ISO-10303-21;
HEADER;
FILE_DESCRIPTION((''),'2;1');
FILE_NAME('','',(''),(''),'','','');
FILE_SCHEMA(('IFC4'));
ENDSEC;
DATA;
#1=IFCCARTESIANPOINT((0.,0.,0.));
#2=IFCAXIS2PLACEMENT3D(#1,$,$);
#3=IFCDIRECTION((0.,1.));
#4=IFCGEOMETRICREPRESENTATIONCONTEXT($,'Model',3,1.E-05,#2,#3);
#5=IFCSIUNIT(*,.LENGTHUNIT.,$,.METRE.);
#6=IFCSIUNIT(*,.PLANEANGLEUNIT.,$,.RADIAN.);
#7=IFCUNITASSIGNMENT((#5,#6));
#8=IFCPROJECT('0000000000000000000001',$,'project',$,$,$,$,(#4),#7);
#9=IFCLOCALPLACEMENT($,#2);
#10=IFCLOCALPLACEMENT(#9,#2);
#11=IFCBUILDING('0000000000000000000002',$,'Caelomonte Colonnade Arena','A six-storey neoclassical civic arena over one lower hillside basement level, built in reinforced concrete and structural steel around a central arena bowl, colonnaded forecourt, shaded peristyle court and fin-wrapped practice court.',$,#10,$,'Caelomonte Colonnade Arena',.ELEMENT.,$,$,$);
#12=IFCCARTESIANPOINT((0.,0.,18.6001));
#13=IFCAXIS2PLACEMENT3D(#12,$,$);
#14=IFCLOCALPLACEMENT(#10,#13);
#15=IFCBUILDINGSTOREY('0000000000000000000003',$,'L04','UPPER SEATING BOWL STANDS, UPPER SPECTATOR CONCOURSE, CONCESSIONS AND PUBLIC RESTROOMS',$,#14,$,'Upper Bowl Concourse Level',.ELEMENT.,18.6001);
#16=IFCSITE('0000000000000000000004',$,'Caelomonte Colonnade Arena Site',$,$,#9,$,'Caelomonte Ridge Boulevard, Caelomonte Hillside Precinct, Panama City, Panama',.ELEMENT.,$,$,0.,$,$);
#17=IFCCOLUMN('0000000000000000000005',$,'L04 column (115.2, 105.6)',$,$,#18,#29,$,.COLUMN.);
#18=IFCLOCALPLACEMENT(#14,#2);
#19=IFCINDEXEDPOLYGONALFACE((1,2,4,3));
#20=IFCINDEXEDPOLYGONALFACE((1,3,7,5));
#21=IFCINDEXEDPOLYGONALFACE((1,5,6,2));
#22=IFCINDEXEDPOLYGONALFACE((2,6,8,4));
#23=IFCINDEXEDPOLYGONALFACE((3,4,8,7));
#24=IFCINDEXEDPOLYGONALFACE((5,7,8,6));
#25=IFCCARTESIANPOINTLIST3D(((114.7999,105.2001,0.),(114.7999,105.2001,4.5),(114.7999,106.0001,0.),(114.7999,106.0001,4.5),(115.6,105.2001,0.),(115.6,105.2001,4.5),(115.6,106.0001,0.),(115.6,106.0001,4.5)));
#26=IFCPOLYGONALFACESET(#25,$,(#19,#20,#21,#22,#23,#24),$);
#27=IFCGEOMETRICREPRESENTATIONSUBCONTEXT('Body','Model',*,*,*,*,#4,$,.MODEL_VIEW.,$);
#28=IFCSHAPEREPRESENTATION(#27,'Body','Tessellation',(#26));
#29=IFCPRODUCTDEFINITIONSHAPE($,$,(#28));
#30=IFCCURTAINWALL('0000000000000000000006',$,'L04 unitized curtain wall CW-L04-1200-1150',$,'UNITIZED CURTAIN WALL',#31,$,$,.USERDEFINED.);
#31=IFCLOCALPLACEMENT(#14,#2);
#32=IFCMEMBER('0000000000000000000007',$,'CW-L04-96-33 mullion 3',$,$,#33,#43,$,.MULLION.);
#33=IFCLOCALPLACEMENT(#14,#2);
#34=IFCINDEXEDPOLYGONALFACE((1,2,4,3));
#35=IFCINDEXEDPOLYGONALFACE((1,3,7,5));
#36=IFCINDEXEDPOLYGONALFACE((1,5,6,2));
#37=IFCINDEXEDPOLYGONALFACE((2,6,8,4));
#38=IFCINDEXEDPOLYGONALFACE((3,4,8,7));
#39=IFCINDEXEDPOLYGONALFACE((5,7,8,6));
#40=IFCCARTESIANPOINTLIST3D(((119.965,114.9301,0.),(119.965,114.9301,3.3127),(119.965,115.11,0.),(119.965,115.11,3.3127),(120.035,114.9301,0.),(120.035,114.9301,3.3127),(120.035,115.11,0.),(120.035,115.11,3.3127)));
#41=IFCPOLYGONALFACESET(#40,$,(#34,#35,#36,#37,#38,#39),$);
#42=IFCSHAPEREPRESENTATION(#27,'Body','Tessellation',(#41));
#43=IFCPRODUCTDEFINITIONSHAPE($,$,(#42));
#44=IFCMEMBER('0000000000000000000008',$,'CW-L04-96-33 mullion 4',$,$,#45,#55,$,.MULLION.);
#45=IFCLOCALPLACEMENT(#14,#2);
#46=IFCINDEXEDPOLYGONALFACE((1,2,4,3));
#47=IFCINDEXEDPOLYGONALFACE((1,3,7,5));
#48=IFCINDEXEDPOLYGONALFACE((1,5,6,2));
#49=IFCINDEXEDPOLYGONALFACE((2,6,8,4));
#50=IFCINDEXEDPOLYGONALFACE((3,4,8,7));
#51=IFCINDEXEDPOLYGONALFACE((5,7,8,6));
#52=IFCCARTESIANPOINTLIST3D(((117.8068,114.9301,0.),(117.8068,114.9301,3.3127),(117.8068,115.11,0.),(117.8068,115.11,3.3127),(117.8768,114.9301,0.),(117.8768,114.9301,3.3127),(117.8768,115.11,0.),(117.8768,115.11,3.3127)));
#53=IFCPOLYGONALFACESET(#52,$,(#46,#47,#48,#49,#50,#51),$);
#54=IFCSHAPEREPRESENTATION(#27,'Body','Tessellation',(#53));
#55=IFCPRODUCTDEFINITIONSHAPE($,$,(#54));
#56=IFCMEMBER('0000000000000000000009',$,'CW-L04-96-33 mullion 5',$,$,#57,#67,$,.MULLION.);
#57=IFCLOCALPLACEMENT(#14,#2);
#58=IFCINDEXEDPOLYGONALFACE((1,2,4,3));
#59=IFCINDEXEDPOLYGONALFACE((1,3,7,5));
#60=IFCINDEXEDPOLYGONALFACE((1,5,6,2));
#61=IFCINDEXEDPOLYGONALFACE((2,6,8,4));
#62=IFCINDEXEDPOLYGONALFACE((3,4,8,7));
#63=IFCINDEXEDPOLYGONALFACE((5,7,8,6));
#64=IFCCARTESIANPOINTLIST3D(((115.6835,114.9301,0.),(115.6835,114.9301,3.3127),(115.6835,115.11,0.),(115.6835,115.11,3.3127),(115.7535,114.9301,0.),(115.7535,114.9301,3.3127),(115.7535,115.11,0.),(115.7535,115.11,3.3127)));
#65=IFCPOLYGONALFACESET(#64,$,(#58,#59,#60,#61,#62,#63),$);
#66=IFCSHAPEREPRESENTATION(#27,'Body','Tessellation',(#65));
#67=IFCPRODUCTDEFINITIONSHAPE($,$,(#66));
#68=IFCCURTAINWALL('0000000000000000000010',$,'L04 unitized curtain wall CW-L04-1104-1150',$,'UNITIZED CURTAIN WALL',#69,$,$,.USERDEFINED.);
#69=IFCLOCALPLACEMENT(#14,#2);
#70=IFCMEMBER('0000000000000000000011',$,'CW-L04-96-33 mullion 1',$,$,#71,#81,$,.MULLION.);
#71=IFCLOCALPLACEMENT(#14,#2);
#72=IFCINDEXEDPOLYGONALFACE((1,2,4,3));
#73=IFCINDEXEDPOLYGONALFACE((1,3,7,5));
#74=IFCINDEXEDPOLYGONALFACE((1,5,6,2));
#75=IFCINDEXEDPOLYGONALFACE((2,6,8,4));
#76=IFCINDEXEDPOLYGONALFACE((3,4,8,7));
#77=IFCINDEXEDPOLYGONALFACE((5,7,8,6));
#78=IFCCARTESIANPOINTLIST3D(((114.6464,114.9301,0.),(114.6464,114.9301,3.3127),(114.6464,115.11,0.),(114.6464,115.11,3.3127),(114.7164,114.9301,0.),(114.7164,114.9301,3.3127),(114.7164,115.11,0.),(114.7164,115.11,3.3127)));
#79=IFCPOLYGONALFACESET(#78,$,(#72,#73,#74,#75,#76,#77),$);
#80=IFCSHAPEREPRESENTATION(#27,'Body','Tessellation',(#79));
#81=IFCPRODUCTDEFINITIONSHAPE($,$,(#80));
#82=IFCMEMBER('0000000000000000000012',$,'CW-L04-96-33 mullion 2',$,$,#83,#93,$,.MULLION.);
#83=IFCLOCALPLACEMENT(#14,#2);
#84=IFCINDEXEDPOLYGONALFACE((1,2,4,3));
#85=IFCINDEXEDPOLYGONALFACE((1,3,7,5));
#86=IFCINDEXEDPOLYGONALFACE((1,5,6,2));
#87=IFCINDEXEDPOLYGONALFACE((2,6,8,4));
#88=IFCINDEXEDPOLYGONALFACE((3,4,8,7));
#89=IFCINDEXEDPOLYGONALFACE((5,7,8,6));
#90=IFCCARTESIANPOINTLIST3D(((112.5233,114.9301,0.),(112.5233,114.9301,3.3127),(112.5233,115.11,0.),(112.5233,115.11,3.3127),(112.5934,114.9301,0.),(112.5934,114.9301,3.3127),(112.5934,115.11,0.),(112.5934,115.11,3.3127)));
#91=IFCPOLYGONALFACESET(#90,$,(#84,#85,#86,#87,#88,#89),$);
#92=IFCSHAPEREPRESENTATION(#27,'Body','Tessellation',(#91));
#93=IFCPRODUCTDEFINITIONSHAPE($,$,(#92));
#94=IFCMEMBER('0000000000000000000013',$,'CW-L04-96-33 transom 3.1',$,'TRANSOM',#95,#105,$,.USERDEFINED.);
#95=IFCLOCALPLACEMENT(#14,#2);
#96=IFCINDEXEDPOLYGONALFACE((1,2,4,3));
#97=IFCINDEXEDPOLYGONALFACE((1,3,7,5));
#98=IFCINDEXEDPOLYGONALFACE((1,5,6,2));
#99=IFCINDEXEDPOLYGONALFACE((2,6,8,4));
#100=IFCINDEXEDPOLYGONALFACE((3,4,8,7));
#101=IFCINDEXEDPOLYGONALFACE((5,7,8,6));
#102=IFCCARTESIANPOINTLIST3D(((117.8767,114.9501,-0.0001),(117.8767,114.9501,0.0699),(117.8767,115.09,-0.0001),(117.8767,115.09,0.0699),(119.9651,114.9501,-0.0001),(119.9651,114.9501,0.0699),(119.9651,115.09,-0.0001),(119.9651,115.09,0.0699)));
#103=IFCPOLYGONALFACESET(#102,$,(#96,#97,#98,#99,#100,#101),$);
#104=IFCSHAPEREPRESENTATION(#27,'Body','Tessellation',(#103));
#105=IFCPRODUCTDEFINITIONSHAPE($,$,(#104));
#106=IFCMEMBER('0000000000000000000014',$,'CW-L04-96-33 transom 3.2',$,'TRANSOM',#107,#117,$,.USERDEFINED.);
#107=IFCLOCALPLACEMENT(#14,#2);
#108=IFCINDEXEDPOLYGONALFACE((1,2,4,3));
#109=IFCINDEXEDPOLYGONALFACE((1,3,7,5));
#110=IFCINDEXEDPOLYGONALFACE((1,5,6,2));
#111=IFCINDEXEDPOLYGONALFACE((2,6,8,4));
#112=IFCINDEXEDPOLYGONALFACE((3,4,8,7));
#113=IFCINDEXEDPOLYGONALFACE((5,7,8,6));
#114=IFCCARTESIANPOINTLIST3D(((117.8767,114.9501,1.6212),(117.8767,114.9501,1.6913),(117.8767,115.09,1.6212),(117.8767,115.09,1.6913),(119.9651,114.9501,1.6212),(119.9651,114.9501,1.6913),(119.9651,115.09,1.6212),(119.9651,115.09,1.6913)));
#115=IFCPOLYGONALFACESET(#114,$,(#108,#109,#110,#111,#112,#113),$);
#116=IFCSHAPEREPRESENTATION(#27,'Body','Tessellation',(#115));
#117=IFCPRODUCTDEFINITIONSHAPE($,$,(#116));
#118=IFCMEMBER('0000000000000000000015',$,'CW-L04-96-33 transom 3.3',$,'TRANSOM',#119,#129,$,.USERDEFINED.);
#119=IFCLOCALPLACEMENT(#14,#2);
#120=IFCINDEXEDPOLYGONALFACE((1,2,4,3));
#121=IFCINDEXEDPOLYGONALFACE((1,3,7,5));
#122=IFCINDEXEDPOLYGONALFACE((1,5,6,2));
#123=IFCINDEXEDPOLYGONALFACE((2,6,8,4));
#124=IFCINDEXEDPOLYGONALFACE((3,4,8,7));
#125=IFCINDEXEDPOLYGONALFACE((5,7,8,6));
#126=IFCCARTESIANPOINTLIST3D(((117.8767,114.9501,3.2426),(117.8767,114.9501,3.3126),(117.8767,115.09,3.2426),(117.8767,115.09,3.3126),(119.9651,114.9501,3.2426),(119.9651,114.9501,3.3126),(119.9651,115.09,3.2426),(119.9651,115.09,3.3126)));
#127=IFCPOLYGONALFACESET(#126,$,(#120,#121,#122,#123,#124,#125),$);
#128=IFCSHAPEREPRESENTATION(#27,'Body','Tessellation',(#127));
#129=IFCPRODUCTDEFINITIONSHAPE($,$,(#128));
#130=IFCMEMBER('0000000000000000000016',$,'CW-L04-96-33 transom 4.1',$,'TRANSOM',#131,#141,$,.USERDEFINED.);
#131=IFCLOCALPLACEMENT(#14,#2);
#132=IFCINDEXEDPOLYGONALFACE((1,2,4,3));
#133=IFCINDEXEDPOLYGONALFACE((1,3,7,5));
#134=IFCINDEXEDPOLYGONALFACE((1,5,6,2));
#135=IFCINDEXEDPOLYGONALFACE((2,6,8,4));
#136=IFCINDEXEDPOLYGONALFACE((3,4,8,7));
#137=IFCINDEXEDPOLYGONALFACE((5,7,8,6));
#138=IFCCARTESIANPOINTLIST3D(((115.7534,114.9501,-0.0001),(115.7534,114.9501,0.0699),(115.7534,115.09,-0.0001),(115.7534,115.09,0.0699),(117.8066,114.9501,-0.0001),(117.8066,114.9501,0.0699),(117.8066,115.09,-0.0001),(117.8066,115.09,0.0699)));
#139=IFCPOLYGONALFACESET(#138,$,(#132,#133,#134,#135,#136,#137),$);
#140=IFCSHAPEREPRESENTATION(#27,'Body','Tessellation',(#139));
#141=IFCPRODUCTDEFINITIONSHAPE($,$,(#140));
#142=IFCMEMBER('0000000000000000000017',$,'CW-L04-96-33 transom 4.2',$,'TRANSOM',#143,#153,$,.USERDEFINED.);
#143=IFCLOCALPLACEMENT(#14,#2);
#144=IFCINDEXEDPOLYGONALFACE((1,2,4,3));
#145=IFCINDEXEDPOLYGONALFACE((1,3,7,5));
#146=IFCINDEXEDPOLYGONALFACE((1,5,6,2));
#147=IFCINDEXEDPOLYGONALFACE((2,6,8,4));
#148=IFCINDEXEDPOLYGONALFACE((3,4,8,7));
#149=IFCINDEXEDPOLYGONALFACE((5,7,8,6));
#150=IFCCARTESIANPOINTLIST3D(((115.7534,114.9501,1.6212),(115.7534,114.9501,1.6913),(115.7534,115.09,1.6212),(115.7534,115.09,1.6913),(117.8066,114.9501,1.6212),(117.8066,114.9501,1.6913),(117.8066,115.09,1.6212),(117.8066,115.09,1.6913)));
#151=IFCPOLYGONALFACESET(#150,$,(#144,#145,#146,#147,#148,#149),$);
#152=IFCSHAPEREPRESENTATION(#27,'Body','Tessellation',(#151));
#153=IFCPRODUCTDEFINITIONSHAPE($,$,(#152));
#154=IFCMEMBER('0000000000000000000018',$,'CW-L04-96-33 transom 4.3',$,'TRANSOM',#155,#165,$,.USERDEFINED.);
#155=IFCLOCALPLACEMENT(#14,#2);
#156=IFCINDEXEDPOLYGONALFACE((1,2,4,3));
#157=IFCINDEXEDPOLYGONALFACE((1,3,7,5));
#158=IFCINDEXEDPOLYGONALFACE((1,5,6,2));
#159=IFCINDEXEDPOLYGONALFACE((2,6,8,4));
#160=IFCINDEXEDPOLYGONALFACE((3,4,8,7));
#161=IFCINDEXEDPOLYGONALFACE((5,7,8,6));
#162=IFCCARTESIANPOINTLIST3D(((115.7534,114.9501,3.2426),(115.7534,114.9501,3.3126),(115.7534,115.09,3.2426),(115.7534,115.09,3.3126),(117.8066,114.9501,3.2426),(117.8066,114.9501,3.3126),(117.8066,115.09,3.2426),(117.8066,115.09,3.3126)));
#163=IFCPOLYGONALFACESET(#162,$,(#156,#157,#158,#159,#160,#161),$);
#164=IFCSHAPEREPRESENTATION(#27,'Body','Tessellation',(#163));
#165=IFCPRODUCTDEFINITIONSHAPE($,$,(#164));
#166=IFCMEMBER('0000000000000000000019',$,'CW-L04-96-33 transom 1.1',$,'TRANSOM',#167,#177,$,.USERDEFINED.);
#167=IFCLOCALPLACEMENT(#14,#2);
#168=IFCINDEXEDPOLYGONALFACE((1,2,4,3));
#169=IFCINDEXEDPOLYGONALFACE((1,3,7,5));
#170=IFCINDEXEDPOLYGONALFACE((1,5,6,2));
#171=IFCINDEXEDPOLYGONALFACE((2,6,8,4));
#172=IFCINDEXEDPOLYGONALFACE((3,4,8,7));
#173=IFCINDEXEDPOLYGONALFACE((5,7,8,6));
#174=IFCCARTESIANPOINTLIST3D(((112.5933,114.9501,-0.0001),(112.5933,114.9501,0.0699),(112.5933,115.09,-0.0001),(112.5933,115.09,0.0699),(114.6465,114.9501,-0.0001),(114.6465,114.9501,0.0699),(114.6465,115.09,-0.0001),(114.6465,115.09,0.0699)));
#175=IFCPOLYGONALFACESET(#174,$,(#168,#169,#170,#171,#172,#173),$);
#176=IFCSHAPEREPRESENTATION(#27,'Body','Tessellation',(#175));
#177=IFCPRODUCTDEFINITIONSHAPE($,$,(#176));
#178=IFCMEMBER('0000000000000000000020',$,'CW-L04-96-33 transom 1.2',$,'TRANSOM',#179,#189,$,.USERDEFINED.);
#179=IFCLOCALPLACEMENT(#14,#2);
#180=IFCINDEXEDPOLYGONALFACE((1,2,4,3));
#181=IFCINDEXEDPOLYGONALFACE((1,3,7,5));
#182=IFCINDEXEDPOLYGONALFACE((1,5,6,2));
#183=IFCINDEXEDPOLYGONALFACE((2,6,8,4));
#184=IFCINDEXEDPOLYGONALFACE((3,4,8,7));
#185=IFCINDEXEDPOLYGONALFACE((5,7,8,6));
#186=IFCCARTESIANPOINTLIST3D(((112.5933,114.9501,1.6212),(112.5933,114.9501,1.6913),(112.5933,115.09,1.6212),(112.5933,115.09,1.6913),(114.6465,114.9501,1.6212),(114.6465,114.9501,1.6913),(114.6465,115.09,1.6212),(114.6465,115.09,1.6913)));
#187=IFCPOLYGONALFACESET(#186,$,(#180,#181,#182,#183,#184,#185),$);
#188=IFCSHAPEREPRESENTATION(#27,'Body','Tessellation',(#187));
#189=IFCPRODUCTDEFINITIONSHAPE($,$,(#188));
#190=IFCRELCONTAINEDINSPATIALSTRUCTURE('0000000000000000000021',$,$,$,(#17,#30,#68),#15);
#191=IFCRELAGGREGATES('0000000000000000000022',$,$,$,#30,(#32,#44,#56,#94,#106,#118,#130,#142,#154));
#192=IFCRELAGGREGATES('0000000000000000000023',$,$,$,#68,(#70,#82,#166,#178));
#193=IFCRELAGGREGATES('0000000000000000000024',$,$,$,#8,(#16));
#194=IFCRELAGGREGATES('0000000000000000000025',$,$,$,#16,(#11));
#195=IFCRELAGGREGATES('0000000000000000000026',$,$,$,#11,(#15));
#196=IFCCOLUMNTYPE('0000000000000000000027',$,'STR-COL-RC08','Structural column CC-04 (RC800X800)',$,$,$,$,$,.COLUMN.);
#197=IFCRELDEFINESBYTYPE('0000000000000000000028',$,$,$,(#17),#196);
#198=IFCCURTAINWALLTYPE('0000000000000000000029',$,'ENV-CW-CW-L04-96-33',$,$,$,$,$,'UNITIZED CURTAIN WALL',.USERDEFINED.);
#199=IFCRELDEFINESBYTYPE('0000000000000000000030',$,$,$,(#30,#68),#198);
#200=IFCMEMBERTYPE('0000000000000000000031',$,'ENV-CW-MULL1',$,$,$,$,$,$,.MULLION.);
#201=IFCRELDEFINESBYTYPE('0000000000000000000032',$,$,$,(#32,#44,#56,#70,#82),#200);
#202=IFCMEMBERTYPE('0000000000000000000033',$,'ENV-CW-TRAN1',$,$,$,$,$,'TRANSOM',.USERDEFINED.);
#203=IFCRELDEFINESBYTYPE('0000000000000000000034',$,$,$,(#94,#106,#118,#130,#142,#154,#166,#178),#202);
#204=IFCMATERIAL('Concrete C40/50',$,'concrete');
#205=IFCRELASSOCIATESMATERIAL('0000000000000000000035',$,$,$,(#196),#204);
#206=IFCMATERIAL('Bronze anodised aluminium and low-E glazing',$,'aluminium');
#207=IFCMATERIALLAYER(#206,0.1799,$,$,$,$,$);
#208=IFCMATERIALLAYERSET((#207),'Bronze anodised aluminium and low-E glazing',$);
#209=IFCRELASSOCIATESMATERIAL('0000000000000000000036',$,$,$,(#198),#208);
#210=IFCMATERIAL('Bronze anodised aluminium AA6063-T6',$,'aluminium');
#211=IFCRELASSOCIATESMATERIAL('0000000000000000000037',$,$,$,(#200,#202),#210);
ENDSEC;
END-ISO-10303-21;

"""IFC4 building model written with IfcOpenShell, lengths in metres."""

from ifc_helpers import new_model, si_unit, direction, frame, origin, origin_2d, place, context, subcontext, project, spatial, rectangle, extrude, material, layer, layer_set, material_profile, profile_set, type_object, element, aggregate, save


model = new_model("IFC4")

# Units and contexts
model_context = context("Model", 3, precision=1e-05, world=origin(), true_north=direction((0.0, 1.0)))
body_context = subcontext(model_context, "Body", "Model", "MODEL_VIEW")
ifc_project = project(units=[si_unit("LENGTHUNIT", "METRE"), si_unit("PLANEANGLEUNIT", "RADIAN")], contexts=[model_context])

# Site, building, storey
site_placement = place(None, origin())
site = spatial("IfcSite", under=ifc_project, at=site_placement, Name="Caelomonte Colonnade Arena Site", LongName="Caelomonte Ridge Boulevard, Caelomonte Hillside Precinct, Panama City, Panama", CompositionType="ELEMENT", RefElevation=0.0)
building_placement = place(site_placement, origin())
building = spatial("IfcBuilding", under=site, at=building_placement, Name="Caelomonte Colonnade Arena", Description="A six-storey neoclassical civic arena over one lower hillside basement level, built in reinforced concrete and structural steel around a central arena bowl, colonnaded forecourt, shaded peristyle court and fin-wrapped practice court.", LongName="Caelomonte Colonnade Arena", CompositionType="ELEMENT")
storey_placement = place(building_placement, frame((0.0, 0.0, 18.6001)))
storey = spatial("IfcBuildingStorey", under=building, at=storey_placement, Name="L04", Description="UPPER SEATING BOWL STANDS, UPPER SPECTATOR CONCOURSE, CONCESSIONS AND PUBLIC RESTROOMS", LongName="Upper Bowl Concourse Level", CompositionType="ELEMENT", Elevation=18.6001)

# Column
ifc_material_1 = material(Name="Concrete C40/50", Category="concrete")
ifc_material_profile_1 = material_profile(ifc_material_1, rectangle(XDim=0.8, YDim=0.8, at=origin_2d()), Name="RC800X800")
ifc_profile_set_1 = profile_set([ifc_material_profile_1], Name="Concrete C40/50")
column_type = type_object("IfcColumnType", Name="STR-COL-RC08", Description="Structural column CC-04 (RC800X800)", PredefinedType="COLUMN", material=ifc_profile_set_1)
column_placement = place(storey_placement, frame((115.2, 105.6001, 0.0), z_axis=(0.0, 0.0, 1.0), x_axis=(1.0, 0.0, 0.0)))
element("IfcColumn", 1, at=column_placement, inside=storey, type_object=column_type, Name="L04 column (115.2, 105.6)", PredefinedType="COLUMN", context=body_context, shape_type="SweptSolid", body=[
    extrude(rectangle(XDim=0.8, YDim=0.8, at=origin_2d()), origin(), (0.0, 0.0, 1.0), 4.5),
])

# Curtain walls, members
ifc_material_2 = material(Name="Bronze anodised aluminium and low-E glazing", Category="aluminium")
ifc_layer_1 = layer(ifc_material_2, 0.1799)
ifc_layer_set_1 = layer_set([ifc_layer_1], Name="Bronze anodised aluminium and low-E glazing")
curtain_wall_type = type_object("IfcCurtainWallType", Name="ENV-CW-CW-L04-96-33", ElementType="UNITIZED CURTAIN WALL", PredefinedType="USERDEFINED", material=ifc_layer_set_1)
curtain_wall_1_placement = place(storey_placement, origin())
curtain_wall_1 = element("IfcCurtainWall", 2, at=curtain_wall_1_placement, inside=storey, type_object=curtain_wall_type, Name="L04 unitized curtain wall CW-L04-1200-1150", ObjectType="UNITIZED CURTAIN WALL", PredefinedType="USERDEFINED")
ifc_material_3 = material(Name="Bronze anodised aluminium AA6063-T6", Category="aluminium")
ifc_material_profile_2 = material_profile(ifc_material_3, rectangle(XDim=0.0701, YDim=0.1799, at=origin_2d()), Name="CWM-70X180")
ifc_profile_set_2 = profile_set([ifc_material_profile_2], Name="Bronze anodised aluminium AA6063-T6")
member_type_1 = type_object("IfcMemberType", Name="ENV-CW-MULL1", PredefinedType="MULLION", material=ifc_profile_set_2)
member_1_placement = place(storey_placement, frame((120.0, 115.02, 0.0), z_axis=(0.0, 0.0, 1.0), x_axis=(-1.0, 0.0, 0.0)))
member_1 = element("IfcMember", 3, at=member_1_placement, type_object=member_type_1, Name="CW-L04-96-33 mullion 3", PredefinedType="MULLION", context=body_context, shape_type="SweptSolid", body=[
    extrude(rectangle(XDim=0.0701, YDim=0.1799, at=origin_2d()), origin(), (0.0, 0.0, 1.0), 3.3127),
])
member_2_placement = place(storey_placement, frame((117.8418, 115.02, 0.0), z_axis=(0.0, 0.0, 1.0), x_axis=(-1.0, 0.0, 0.0)))
member_2 = element("IfcMember", 4, at=member_2_placement, type_object=member_type_1, Name="CW-L04-96-33 mullion 4", PredefinedType="MULLION", context=body_context, shape_type="SweptSolid", body=[
    extrude(rectangle(XDim=0.0701, YDim=0.1799, at=origin_2d()), origin(), (0.0, 0.0, 1.0), 3.3127),
])
member_3_placement = place(storey_placement, frame((115.7185, 115.02, 0.0), z_axis=(0.0, 0.0, 1.0), x_axis=(-1.0, 0.0, 0.0)))
member_3 = element("IfcMember", 5, at=member_3_placement, type_object=member_type_1, Name="CW-L04-96-33 mullion 5", PredefinedType="MULLION", context=body_context, shape_type="SweptSolid", body=[
    extrude(rectangle(XDim=0.0701, YDim=0.1799, at=origin_2d()), origin(), (0.0, 0.0, 1.0), 3.3127),
])
curtain_wall_2_placement = place(storey_placement, origin())
curtain_wall_2 = element("IfcCurtainWall", 6, at=curtain_wall_2_placement, inside=storey, type_object=curtain_wall_type, Name="L04 unitized curtain wall CW-L04-1104-1150", ObjectType="UNITIZED CURTAIN WALL", PredefinedType="USERDEFINED")
member_4_placement = place(storey_placement, frame((114.6814, 115.02, 0.0), z_axis=(0.0, 0.0, 1.0), x_axis=(-1.0, 0.0, 0.0)))
member_4 = element("IfcMember", 7, at=member_4_placement, type_object=member_type_1, Name="CW-L04-96-33 mullion 1", PredefinedType="MULLION", context=body_context, shape_type="SweptSolid", body=[
    extrude(rectangle(XDim=0.0701, YDim=0.1799, at=origin_2d()), origin(), (0.0, 0.0, 1.0), 3.3127),
])
member_5_placement = place(storey_placement, frame((112.5583, 115.02, 0.0), z_axis=(0.0, 0.0, 1.0), x_axis=(-1.0, 0.0, 0.0)))
member_5 = element("IfcMember", 8, at=member_5_placement, type_object=member_type_1, Name="CW-L04-96-33 mullion 2", PredefinedType="MULLION", context=body_context, shape_type="SweptSolid", body=[
    extrude(rectangle(XDim=0.0701, YDim=0.1799, at=origin_2d()), origin(), (0.0, 0.0, 1.0), 3.3127),
])

# Members
ifc_material_profile_3 = material_profile(ifc_material_3, rectangle(XDim=0.0701, YDim=0.1399, at=origin_2d()), Name="CWT-70X140")
ifc_profile_set_3 = profile_set([ifc_material_profile_3], Name="Bronze anodised aluminium AA6063-T6")
member_type_2 = type_object("IfcMemberType", Name="ENV-CW-TRAN1", ElementType="TRANSOM", PredefinedType="USERDEFINED", material=ifc_profile_set_3)
member_6_placement = place(storey_placement, frame((119.9651, 115.02, 0.0349), z_axis=(-1.0, 0.0, 0.0), x_axis=(0.0, 0.0, 1.0)))
member_6 = element("IfcMember", 9, at=member_6_placement, type_object=member_type_2, Name="CW-L04-96-33 transom 3.1", ObjectType="TRANSOM", PredefinedType="USERDEFINED", context=body_context, shape_type="SweptSolid", body=[
    extrude(rectangle(XDim=0.0701, YDim=0.1399, at=origin_2d()), origin(), (0.0, 0.0, 1.0), 2.0884),
])
member_7_placement = place(storey_placement, frame((119.9651, 115.02, 1.6562), z_axis=(-1.0, 0.0, 0.0), x_axis=(0.0, 0.0, 1.0)))
member_7 = element("IfcMember", 10, at=member_7_placement, type_object=member_type_2, Name="CW-L04-96-33 transom 3.2", ObjectType="TRANSOM", PredefinedType="USERDEFINED", context=body_context, shape_type="SweptSolid", body=[
    extrude(rectangle(XDim=0.0701, YDim=0.1399, at=origin_2d()), origin(), (0.0, 0.0, 1.0), 2.0884),
])
member_8_placement = place(storey_placement, frame((119.9651, 115.02, 3.2776), z_axis=(-1.0, 0.0, 0.0), x_axis=(0.0, 0.0, 1.0)))
member_8 = element("IfcMember", 11, at=member_8_placement, type_object=member_type_2, Name="CW-L04-96-33 transom 3.3", ObjectType="TRANSOM", PredefinedType="USERDEFINED", context=body_context, shape_type="SweptSolid", body=[
    extrude(rectangle(XDim=0.0701, YDim=0.1399, at=origin_2d()), origin(), (0.0, 0.0, 1.0), 2.0884),
])
member_9_placement = place(storey_placement, frame((117.8066, 115.02, 0.0349), z_axis=(-1.0, 0.0, 0.0), x_axis=(0.0, 0.0, 1.0)))
member_9 = element("IfcMember", 12, at=member_9_placement, type_object=member_type_2, Name="CW-L04-96-33 transom 4.1", ObjectType="TRANSOM", PredefinedType="USERDEFINED", context=body_context, shape_type="SweptSolid", body=[
    extrude(rectangle(XDim=0.0701, YDim=0.1399, at=origin_2d()), origin(), (0.0, 0.0, 1.0), 2.0532),
])
member_10_placement = place(storey_placement, frame((117.8066, 115.02, 1.6562), z_axis=(-1.0, 0.0, 0.0), x_axis=(0.0, 0.0, 1.0)))
member_10 = element("IfcMember", 13, at=member_10_placement, type_object=member_type_2, Name="CW-L04-96-33 transom 4.2", ObjectType="TRANSOM", PredefinedType="USERDEFINED", context=body_context, shape_type="SweptSolid", body=[
    extrude(rectangle(XDim=0.0701, YDim=0.1399, at=origin_2d()), origin(), (0.0, 0.0, 1.0), 2.0532),
])
member_11_placement = place(storey_placement, frame((117.8066, 115.02, 3.2776), z_axis=(-1.0, 0.0, 0.0), x_axis=(0.0, 0.0, 1.0)))
member_11 = element("IfcMember", 14, at=member_11_placement, type_object=member_type_2, Name="CW-L04-96-33 transom 4.3", ObjectType="TRANSOM", PredefinedType="USERDEFINED", context=body_context, shape_type="SweptSolid", body=[
    extrude(rectangle(XDim=0.0701, YDim=0.1399, at=origin_2d()), origin(), (0.0, 0.0, 1.0), 2.0532),
])
member_12_placement = place(storey_placement, frame((114.6465, 115.02, 0.0349), z_axis=(-1.0, 0.0, 0.0), x_axis=(0.0, 0.0, 1.0)))
member_12 = element("IfcMember", 15, at=member_12_placement, type_object=member_type_2, Name="CW-L04-96-33 transom 1.1", ObjectType="TRANSOM", PredefinedType="USERDEFINED", context=body_context, shape_type="SweptSolid", body=[
    extrude(rectangle(XDim=0.0701, YDim=0.1399, at=origin_2d()), origin(), (0.0, 0.0, 1.0), 2.0532),
])
member_13_placement = place(storey_placement, frame((114.6465, 115.02, 1.6562), z_axis=(-1.0, 0.0, 0.0), x_axis=(0.0, 0.0, 1.0)))
member_13 = element("IfcMember", 16, at=member_13_placement, type_object=member_type_2, Name="CW-L04-96-33 transom 1.2", ObjectType="TRANSOM", PredefinedType="USERDEFINED", context=body_context, shape_type="SweptSolid", body=[
    extrude(rectangle(XDim=0.0701, YDim=0.1399, at=origin_2d()), origin(), (0.0, 0.0, 1.0), 2.0532),
])

aggregate(curtain_wall_1, [member_1, member_2, member_3, member_6, member_7, member_8, member_9, member_10, member_11])
aggregate(curtain_wall_2, [member_4, member_5, member_12, member_13])

save(model, "model.ifc")
